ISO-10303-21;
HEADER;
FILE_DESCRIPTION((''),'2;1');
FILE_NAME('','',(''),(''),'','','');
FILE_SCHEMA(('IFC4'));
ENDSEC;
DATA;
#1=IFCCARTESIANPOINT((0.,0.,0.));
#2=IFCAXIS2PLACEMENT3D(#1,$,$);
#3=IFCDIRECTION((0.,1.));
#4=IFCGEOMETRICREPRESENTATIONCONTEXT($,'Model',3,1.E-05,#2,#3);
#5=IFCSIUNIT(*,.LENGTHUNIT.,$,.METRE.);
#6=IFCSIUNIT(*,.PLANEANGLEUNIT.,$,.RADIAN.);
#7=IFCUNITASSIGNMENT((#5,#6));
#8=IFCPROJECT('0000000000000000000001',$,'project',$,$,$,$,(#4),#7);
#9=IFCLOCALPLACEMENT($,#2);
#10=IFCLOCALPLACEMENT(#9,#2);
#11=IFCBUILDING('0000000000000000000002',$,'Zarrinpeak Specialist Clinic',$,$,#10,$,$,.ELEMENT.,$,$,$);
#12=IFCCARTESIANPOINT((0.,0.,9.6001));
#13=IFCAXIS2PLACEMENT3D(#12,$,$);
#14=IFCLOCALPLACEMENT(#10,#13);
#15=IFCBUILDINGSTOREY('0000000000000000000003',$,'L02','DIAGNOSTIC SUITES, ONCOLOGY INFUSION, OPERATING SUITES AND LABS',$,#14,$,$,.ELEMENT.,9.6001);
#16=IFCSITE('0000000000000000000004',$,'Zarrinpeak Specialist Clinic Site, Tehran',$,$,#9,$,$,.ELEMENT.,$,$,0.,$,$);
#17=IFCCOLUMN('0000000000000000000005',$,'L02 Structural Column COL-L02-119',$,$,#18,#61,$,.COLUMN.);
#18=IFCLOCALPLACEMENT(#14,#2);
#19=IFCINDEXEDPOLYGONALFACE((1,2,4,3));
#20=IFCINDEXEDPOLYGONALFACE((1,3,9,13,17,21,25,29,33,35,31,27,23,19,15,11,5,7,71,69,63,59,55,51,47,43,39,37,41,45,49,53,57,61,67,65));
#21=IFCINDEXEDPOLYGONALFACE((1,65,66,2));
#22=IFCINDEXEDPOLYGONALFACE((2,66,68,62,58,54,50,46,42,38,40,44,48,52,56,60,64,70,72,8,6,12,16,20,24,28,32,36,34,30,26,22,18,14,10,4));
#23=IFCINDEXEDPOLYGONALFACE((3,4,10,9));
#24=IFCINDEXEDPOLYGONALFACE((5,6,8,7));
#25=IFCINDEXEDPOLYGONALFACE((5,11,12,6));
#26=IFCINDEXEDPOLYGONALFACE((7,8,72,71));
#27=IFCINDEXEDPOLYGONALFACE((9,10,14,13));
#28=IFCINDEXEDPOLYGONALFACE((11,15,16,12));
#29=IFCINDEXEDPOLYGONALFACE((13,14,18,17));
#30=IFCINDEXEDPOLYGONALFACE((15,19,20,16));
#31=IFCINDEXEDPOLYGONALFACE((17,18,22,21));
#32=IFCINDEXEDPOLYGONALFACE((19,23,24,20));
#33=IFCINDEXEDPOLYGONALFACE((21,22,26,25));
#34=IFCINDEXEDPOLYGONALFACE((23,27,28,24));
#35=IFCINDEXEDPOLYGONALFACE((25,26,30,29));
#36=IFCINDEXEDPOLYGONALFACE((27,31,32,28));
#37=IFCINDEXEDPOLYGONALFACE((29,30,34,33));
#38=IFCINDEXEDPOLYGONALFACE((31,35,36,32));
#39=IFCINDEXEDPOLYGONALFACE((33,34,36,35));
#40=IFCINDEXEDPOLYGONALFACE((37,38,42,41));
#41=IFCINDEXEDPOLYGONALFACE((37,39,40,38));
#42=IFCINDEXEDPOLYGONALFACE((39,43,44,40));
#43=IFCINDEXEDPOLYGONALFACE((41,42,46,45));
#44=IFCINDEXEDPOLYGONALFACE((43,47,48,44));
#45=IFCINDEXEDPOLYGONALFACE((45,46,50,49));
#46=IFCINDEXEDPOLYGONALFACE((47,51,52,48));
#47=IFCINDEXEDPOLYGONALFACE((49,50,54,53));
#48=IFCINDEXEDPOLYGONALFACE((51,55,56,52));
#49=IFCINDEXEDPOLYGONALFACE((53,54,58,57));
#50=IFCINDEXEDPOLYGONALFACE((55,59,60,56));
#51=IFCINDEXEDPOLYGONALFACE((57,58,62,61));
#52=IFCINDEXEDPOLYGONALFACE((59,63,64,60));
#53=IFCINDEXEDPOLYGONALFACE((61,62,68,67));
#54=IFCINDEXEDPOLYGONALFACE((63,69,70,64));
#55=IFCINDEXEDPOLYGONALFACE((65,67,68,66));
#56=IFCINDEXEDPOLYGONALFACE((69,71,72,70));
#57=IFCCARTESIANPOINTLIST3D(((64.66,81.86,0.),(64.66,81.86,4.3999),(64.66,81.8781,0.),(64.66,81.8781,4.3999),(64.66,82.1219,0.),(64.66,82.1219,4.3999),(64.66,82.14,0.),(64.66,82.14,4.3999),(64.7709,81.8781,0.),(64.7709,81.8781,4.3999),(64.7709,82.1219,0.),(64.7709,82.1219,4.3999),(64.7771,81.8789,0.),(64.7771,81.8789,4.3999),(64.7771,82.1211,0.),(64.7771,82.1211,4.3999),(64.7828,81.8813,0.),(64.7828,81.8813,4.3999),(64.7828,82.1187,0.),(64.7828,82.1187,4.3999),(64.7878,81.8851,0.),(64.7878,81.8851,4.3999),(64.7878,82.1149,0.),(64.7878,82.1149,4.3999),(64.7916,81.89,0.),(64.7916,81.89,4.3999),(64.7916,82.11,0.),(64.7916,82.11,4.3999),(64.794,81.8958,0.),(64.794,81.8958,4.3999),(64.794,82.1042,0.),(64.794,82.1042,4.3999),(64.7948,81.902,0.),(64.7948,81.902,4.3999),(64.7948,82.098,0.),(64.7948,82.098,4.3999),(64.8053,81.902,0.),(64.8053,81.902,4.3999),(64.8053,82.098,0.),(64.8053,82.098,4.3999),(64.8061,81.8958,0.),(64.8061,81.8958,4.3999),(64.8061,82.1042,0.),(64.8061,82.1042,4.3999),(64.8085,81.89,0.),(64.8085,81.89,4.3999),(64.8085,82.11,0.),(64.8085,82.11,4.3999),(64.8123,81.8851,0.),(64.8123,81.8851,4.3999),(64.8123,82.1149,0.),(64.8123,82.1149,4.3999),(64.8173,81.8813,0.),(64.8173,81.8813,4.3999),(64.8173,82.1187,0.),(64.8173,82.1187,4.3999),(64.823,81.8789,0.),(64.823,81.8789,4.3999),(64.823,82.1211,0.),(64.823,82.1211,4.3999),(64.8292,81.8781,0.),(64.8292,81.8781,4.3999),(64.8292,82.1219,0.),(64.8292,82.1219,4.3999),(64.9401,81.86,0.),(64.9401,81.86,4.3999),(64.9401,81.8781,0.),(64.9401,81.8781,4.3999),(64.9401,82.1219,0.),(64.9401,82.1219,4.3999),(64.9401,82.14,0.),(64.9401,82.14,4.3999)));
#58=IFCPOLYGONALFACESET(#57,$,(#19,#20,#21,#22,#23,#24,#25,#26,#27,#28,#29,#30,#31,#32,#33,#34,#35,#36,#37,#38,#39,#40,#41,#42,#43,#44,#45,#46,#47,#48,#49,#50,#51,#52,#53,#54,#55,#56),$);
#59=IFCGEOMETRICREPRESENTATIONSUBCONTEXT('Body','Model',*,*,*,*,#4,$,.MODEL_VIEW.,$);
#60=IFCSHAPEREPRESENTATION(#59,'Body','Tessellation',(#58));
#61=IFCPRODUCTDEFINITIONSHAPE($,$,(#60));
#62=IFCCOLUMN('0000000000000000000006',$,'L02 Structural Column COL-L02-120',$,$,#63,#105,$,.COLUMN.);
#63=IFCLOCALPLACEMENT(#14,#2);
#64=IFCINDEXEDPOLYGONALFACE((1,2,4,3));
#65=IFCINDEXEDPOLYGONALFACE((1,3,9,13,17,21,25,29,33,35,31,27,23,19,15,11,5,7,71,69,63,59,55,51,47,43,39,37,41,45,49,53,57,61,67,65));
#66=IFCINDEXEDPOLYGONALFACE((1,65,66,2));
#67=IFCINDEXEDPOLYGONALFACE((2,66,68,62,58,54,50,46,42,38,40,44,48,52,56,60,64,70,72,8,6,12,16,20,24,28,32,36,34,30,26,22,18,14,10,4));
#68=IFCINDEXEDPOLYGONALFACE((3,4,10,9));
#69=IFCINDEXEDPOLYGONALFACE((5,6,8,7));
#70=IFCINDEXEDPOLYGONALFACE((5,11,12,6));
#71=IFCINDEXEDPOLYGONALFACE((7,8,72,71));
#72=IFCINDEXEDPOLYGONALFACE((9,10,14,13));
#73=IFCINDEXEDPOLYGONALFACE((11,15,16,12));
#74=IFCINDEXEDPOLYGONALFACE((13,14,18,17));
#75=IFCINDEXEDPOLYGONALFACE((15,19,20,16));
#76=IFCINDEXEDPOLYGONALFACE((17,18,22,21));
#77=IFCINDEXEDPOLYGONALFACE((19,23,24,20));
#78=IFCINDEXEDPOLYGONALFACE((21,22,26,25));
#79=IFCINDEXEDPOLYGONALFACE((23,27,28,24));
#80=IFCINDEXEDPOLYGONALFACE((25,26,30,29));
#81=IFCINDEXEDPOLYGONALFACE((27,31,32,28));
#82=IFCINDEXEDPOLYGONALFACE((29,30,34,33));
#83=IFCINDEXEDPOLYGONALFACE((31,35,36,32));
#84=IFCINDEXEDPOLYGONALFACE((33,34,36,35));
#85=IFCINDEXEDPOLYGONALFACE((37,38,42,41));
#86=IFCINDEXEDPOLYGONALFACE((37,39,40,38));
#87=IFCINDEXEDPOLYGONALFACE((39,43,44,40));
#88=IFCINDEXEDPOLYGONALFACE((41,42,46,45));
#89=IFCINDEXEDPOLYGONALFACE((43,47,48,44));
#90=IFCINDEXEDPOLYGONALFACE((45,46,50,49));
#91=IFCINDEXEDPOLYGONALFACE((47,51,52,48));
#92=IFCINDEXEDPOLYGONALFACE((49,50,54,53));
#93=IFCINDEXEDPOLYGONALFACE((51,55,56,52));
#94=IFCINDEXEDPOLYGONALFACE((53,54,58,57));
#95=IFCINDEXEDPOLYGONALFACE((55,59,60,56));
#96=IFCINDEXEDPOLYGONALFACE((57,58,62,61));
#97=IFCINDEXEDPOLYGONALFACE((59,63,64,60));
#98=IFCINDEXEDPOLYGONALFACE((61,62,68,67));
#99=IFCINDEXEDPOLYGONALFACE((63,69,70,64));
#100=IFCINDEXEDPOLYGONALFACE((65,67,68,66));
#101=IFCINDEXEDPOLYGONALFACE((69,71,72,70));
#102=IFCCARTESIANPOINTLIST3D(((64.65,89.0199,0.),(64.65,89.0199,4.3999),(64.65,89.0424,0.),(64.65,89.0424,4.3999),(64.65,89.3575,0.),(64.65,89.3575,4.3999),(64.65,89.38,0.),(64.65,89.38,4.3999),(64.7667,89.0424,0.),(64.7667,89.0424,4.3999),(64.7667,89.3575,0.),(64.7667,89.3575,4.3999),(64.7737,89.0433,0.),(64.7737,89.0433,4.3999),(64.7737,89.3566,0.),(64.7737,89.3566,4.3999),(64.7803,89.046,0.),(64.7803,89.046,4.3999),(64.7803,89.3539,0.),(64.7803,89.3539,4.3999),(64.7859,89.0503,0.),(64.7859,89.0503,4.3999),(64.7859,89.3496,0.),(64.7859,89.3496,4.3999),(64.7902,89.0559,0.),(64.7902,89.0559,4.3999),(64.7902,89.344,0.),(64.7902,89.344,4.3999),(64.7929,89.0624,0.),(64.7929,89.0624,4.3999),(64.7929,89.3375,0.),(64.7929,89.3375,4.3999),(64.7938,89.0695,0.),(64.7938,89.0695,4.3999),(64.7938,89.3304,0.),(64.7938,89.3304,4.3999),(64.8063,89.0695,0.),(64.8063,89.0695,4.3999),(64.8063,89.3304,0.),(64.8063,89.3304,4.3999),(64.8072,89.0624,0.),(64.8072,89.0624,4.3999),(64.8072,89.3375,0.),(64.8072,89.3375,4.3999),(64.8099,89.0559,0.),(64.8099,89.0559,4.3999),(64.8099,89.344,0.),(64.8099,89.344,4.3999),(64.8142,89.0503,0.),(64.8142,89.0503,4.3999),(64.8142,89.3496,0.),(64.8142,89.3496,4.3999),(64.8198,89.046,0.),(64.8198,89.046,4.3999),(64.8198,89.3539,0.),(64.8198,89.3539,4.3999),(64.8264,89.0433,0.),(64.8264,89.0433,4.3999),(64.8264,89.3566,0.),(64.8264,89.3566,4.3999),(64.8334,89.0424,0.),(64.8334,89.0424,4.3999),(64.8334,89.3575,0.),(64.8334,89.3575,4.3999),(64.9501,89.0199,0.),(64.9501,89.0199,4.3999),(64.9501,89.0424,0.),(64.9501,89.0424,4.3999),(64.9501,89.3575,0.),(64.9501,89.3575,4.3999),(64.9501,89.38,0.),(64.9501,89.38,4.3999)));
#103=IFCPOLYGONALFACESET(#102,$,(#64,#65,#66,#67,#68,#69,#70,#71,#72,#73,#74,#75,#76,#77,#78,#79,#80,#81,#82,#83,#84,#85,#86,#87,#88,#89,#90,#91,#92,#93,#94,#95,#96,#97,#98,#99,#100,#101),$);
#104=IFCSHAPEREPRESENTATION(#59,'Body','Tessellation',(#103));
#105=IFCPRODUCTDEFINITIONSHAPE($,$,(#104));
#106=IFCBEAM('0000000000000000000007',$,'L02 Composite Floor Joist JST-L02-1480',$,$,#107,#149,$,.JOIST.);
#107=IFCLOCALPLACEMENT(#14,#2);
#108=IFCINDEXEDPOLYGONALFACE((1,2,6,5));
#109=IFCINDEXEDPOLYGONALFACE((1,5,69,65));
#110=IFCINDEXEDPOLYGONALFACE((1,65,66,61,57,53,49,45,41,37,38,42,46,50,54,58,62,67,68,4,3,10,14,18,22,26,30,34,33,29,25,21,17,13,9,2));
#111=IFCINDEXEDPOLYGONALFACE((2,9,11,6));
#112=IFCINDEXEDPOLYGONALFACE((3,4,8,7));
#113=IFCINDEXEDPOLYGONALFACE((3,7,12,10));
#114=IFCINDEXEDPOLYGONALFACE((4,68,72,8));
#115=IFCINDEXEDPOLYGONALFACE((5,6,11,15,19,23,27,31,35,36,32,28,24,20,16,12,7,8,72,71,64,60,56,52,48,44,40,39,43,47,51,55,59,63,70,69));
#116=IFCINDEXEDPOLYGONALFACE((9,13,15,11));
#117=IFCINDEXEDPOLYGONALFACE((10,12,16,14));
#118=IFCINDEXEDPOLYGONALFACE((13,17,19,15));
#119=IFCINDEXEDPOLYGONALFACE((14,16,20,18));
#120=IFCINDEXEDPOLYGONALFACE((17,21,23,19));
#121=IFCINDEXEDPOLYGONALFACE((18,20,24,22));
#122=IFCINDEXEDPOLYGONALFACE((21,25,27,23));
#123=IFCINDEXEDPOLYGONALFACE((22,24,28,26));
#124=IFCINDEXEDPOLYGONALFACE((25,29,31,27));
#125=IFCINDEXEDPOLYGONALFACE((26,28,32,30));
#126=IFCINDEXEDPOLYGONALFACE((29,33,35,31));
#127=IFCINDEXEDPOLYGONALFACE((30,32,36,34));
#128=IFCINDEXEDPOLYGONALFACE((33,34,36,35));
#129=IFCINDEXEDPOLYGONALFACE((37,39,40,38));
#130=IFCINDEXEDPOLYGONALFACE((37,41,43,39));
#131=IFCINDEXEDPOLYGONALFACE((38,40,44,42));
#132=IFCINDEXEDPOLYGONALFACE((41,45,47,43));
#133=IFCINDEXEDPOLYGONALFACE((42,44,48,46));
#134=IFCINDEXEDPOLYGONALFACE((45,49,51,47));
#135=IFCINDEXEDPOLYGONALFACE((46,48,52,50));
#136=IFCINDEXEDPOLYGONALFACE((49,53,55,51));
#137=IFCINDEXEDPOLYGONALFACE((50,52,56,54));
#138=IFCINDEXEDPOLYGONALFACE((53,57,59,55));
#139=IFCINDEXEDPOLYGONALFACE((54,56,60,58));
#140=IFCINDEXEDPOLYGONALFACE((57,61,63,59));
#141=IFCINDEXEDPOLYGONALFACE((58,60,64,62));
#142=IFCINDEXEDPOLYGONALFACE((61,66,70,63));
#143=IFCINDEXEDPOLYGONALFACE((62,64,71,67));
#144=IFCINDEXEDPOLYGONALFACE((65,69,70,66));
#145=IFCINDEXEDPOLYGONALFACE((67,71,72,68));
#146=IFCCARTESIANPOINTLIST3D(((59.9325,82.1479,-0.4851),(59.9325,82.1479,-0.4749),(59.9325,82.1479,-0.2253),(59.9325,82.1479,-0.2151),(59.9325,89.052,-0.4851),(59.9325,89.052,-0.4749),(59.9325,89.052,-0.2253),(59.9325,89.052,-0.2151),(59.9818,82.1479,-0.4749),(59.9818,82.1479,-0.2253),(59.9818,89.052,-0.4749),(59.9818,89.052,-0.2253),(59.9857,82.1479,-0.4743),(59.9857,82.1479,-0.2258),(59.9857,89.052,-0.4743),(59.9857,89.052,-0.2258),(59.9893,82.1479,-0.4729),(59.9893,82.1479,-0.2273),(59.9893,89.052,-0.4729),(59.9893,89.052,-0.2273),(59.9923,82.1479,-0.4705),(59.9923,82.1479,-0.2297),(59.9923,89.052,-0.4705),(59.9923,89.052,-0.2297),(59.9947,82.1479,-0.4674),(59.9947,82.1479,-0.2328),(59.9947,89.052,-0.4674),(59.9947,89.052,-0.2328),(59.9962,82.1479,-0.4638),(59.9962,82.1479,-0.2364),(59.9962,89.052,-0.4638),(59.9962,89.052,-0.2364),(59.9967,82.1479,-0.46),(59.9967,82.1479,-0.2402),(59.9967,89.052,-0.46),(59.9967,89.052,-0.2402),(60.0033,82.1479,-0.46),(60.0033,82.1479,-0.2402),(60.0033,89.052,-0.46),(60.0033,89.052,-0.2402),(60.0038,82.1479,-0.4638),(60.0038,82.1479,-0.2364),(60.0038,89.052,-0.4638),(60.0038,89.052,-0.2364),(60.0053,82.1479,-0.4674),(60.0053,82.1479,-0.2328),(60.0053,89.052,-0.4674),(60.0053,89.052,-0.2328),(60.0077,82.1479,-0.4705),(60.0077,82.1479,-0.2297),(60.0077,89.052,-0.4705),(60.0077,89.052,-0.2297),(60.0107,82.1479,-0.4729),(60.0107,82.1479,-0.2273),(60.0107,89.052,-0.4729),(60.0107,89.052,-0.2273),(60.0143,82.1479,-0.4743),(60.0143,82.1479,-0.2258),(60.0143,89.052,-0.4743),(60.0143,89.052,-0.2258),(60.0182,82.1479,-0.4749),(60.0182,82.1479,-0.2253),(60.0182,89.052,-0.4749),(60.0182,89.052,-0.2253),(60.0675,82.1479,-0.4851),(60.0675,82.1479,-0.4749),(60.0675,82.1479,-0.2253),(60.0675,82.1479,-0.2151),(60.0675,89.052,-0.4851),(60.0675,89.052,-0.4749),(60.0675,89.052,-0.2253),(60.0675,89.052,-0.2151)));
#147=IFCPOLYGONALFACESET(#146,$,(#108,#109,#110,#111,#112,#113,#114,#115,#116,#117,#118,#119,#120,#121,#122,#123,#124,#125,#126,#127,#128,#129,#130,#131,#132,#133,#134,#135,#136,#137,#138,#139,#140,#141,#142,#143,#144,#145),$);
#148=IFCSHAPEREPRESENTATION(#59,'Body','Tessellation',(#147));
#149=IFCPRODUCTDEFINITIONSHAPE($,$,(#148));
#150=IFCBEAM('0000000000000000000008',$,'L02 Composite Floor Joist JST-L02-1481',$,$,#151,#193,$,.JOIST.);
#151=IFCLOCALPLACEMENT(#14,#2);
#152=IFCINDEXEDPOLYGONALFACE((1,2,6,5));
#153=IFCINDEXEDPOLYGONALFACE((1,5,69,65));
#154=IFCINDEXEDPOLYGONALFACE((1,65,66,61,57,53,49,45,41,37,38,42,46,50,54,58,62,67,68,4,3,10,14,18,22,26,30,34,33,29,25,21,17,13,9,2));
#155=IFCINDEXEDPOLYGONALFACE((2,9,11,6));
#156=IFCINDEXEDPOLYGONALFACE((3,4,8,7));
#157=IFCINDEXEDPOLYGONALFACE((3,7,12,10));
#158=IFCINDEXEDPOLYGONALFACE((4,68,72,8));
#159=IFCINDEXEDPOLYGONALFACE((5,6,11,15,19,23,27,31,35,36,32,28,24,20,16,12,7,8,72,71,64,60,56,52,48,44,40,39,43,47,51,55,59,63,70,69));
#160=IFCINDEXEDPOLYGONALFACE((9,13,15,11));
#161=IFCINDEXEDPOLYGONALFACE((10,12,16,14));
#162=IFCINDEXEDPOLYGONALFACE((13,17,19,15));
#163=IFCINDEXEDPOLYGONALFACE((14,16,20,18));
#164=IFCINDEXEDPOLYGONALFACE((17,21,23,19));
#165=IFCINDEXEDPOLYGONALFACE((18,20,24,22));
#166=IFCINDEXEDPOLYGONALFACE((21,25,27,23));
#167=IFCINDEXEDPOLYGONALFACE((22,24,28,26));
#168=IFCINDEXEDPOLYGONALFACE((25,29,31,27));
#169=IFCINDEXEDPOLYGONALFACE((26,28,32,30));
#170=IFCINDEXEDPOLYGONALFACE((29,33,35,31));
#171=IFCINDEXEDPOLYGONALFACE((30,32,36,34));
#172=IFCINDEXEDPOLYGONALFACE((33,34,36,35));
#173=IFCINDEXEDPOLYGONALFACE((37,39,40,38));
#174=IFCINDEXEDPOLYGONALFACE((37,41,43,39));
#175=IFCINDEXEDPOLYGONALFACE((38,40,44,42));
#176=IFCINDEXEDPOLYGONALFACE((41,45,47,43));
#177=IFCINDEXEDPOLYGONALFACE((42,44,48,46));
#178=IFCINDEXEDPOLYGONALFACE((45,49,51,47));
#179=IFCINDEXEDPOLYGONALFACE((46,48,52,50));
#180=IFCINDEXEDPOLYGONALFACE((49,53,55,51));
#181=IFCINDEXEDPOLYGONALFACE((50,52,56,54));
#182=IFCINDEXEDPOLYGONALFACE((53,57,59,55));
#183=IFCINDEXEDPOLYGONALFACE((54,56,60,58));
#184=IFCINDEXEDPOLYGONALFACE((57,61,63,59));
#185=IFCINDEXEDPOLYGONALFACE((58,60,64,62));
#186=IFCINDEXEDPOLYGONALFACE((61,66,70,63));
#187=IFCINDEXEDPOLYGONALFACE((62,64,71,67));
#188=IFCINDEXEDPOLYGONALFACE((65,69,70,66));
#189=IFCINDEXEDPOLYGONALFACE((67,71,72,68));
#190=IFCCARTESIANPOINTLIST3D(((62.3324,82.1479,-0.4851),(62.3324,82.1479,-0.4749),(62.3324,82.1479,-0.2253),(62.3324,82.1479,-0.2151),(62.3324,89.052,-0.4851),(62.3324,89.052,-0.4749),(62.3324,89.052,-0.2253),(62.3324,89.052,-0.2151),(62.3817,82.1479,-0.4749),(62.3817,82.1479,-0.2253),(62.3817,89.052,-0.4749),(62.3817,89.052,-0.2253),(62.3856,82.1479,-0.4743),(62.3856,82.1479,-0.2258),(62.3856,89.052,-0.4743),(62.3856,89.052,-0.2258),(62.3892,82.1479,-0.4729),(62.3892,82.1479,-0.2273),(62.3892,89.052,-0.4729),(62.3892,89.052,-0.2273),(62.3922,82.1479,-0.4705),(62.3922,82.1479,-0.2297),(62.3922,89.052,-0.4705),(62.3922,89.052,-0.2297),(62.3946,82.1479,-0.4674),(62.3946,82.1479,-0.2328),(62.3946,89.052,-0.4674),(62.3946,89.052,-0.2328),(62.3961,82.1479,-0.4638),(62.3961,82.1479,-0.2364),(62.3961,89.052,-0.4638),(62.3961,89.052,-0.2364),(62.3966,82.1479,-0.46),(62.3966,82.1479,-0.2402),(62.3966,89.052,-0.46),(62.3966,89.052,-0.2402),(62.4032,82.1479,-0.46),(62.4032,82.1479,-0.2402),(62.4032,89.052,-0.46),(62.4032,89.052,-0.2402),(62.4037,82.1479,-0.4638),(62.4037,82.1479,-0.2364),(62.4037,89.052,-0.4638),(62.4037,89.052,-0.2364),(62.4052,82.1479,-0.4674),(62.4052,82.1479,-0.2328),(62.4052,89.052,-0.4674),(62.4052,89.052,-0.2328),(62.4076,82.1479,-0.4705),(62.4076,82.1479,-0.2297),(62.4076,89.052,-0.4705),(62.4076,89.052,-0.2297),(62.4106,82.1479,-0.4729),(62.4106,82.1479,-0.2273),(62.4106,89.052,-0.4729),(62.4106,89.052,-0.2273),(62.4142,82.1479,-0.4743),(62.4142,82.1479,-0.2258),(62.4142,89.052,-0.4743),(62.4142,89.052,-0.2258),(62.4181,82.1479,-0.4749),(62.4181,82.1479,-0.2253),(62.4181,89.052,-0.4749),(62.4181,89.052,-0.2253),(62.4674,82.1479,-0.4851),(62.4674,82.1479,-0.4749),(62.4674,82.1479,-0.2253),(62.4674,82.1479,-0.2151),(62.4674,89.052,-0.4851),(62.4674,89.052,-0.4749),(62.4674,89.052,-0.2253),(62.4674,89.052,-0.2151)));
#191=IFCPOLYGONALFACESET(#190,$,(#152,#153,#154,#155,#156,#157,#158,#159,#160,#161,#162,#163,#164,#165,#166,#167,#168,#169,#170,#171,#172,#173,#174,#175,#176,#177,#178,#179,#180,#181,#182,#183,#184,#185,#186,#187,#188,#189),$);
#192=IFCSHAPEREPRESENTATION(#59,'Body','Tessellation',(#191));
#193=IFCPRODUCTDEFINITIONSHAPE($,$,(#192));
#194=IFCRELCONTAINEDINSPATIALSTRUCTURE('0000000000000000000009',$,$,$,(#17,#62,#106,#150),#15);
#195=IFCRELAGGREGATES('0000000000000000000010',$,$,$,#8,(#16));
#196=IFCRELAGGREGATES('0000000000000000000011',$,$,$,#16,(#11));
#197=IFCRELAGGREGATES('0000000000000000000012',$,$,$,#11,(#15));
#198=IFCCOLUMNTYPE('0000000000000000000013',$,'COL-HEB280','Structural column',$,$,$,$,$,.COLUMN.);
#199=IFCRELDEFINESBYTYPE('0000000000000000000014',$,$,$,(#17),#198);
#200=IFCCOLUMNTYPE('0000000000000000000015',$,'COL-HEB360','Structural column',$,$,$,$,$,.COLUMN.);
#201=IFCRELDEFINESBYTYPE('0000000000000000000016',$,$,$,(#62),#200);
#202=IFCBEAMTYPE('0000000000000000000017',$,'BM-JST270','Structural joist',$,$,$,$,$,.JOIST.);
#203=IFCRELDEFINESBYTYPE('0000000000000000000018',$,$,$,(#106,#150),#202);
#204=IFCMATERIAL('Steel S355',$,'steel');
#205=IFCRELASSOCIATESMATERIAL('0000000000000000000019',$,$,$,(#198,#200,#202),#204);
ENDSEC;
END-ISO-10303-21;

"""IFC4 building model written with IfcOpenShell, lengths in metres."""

from ifc_helpers import new_model, si_unit, direction, frame, origin, origin_2d, place, context, subcontext, project, spatial, i_section, extrude, material, material_profile, profile_set, type_object, element, save


model = new_model("IFC4")

# Units and contexts
model_context = context("Model", 3, precision=1e-05, world=origin(), true_north=direction((0.0, 1.0)))
body_context = subcontext(model_context, "Body", "Model", "MODEL_VIEW")
ifc_project = project(units=[si_unit("LENGTHUNIT", "METRE"), si_unit("PLANEANGLEUNIT", "RADIAN")], contexts=[model_context])

# Site, building, storey
site_placement = place(None, origin())
site = spatial("IfcSite", under=ifc_project, at=site_placement, Name="Zarrinpeak Specialist Clinic Site, Tehran", CompositionType="ELEMENT", RefElevation=0.0)
building_placement = place(site_placement, origin())
building = spatial("IfcBuilding", under=site, at=building_placement, Name="Zarrinpeak Specialist Clinic", CompositionType="ELEMENT")
storey_placement = place(building_placement, frame((0.0, 0.0, 9.6001)))
storey = spatial("IfcBuildingStorey", under=building, at=storey_placement, Name="L02", Description="DIAGNOSTIC SUITES, ONCOLOGY INFUSION, OPERATING SUITES AND LABS", CompositionType="ELEMENT", Elevation=9.6001)

# Columns
ifc_material_1 = material(Name="Steel S355", Category="steel")
ifc_material_profile_1 = material_profile(ifc_material_1, i_section(OverallWidth=0.28, OverallDepth=0.28, WebThickness=0.0105, FlangeThickness=0.0181, FilletRadius=0.0239, at=origin_2d()), Name="HEB 280")
ifc_profile_set_1 = profile_set([ifc_material_profile_1], Name="Steel S355")
column_type_1 = type_object("IfcColumnType", Name="COL-HEB280", Description="Structural column", PredefinedType="COLUMN", material=ifc_profile_set_1)
column_1_placement = place(storey_placement, frame((64.8, 82.0, 0.0), z_axis=(0.0, 0.0, 1.0), x_axis=(1.0, 0.0, 0.0)))
element("IfcColumn", 1, at=column_1_placement, inside=storey, type_object=column_type_1, Name="L02 Structural Column COL-L02-119", PredefinedType="COLUMN", context=body_context, shape_type="SweptSolid", body=[
    extrude(i_section(OverallWidth=0.28, OverallDepth=0.28, WebThickness=0.0105, FlangeThickness=0.0181, FilletRadius=0.0239, at=origin_2d()), origin(), (0.0, 0.0, 1.0), 4.3999),
])
ifc_material_profile_2 = material_profile(ifc_material_1, i_section(OverallWidth=0.3, OverallDepth=0.3601, WebThickness=0.0125, FlangeThickness=0.0225, FilletRadius=0.0271, at=origin_2d()), Name="HEB 360")
ifc_profile_set_2 = profile_set([ifc_material_profile_2], Name="Steel S355")
column_type_2 = type_object("IfcColumnType", Name="COL-HEB360", Description="Structural column", PredefinedType="COLUMN", material=ifc_profile_set_2)
column_2_placement = place(storey_placement, frame((64.8, 89.2, 0.0), z_axis=(0.0, 0.0, 1.0), x_axis=(1.0, 0.0, 0.0)))
element("IfcColumn", 2, at=column_2_placement, inside=storey, type_object=column_type_2, Name="L02 Structural Column COL-L02-120", PredefinedType="COLUMN", context=body_context, shape_type="SweptSolid", body=[
    extrude(i_section(OverallWidth=0.3, OverallDepth=0.3601, WebThickness=0.0125, FlangeThickness=0.0225, FilletRadius=0.0271, at=origin_2d()), origin(), (0.0, 0.0, 1.0), 4.3999),
])

# Beams
ifc_material_profile_3 = material_profile(ifc_material_1, i_section(OverallWidth=0.135, OverallDepth=0.27, WebThickness=0.0066, FlangeThickness=0.0103, FilletRadius=0.0149, at=origin_2d()), Name="IPE 270")
ifc_profile_set_3 = profile_set([ifc_material_profile_3], Name="Steel S355")
beam_type_1 = type_object("IfcBeamType", Name="BM-JST270", Description="Structural joist", PredefinedType="JOIST", material=ifc_profile_set_3)
for number, where, z_axis, x_axis, name in (
    (3, (60.0, 82.1479, -0.3501), (0.0, 1.0, 0.0), (-1.0, 0.0, 0.0), "L02 Composite Floor Joist JST-L02-1480"),
    (4, (62.3999, 82.1479, -0.3501), (0.0, 1.0, 0.0), (-1.0, 0.0, 0.0), "L02 Composite Floor Joist JST-L02-1481"),
):
    element("IfcBeam", number, at=place(storey_placement, frame(where, z_axis=z_axis, x_axis=x_axis)), inside=storey, type_object=beam_type_1, Name=name, PredefinedType="JOIST", context=body_context, shape_type="SweptSolid", body=[
        extrude(i_section(OverallWidth=0.135, OverallDepth=0.27, WebThickness=0.0066, FlangeThickness=0.0103, FilletRadius=0.0149, at=origin_2d()), origin(), (0.0, 0.0, 1.0), 6.9041),
    ])

save(model, "model.ifc")
